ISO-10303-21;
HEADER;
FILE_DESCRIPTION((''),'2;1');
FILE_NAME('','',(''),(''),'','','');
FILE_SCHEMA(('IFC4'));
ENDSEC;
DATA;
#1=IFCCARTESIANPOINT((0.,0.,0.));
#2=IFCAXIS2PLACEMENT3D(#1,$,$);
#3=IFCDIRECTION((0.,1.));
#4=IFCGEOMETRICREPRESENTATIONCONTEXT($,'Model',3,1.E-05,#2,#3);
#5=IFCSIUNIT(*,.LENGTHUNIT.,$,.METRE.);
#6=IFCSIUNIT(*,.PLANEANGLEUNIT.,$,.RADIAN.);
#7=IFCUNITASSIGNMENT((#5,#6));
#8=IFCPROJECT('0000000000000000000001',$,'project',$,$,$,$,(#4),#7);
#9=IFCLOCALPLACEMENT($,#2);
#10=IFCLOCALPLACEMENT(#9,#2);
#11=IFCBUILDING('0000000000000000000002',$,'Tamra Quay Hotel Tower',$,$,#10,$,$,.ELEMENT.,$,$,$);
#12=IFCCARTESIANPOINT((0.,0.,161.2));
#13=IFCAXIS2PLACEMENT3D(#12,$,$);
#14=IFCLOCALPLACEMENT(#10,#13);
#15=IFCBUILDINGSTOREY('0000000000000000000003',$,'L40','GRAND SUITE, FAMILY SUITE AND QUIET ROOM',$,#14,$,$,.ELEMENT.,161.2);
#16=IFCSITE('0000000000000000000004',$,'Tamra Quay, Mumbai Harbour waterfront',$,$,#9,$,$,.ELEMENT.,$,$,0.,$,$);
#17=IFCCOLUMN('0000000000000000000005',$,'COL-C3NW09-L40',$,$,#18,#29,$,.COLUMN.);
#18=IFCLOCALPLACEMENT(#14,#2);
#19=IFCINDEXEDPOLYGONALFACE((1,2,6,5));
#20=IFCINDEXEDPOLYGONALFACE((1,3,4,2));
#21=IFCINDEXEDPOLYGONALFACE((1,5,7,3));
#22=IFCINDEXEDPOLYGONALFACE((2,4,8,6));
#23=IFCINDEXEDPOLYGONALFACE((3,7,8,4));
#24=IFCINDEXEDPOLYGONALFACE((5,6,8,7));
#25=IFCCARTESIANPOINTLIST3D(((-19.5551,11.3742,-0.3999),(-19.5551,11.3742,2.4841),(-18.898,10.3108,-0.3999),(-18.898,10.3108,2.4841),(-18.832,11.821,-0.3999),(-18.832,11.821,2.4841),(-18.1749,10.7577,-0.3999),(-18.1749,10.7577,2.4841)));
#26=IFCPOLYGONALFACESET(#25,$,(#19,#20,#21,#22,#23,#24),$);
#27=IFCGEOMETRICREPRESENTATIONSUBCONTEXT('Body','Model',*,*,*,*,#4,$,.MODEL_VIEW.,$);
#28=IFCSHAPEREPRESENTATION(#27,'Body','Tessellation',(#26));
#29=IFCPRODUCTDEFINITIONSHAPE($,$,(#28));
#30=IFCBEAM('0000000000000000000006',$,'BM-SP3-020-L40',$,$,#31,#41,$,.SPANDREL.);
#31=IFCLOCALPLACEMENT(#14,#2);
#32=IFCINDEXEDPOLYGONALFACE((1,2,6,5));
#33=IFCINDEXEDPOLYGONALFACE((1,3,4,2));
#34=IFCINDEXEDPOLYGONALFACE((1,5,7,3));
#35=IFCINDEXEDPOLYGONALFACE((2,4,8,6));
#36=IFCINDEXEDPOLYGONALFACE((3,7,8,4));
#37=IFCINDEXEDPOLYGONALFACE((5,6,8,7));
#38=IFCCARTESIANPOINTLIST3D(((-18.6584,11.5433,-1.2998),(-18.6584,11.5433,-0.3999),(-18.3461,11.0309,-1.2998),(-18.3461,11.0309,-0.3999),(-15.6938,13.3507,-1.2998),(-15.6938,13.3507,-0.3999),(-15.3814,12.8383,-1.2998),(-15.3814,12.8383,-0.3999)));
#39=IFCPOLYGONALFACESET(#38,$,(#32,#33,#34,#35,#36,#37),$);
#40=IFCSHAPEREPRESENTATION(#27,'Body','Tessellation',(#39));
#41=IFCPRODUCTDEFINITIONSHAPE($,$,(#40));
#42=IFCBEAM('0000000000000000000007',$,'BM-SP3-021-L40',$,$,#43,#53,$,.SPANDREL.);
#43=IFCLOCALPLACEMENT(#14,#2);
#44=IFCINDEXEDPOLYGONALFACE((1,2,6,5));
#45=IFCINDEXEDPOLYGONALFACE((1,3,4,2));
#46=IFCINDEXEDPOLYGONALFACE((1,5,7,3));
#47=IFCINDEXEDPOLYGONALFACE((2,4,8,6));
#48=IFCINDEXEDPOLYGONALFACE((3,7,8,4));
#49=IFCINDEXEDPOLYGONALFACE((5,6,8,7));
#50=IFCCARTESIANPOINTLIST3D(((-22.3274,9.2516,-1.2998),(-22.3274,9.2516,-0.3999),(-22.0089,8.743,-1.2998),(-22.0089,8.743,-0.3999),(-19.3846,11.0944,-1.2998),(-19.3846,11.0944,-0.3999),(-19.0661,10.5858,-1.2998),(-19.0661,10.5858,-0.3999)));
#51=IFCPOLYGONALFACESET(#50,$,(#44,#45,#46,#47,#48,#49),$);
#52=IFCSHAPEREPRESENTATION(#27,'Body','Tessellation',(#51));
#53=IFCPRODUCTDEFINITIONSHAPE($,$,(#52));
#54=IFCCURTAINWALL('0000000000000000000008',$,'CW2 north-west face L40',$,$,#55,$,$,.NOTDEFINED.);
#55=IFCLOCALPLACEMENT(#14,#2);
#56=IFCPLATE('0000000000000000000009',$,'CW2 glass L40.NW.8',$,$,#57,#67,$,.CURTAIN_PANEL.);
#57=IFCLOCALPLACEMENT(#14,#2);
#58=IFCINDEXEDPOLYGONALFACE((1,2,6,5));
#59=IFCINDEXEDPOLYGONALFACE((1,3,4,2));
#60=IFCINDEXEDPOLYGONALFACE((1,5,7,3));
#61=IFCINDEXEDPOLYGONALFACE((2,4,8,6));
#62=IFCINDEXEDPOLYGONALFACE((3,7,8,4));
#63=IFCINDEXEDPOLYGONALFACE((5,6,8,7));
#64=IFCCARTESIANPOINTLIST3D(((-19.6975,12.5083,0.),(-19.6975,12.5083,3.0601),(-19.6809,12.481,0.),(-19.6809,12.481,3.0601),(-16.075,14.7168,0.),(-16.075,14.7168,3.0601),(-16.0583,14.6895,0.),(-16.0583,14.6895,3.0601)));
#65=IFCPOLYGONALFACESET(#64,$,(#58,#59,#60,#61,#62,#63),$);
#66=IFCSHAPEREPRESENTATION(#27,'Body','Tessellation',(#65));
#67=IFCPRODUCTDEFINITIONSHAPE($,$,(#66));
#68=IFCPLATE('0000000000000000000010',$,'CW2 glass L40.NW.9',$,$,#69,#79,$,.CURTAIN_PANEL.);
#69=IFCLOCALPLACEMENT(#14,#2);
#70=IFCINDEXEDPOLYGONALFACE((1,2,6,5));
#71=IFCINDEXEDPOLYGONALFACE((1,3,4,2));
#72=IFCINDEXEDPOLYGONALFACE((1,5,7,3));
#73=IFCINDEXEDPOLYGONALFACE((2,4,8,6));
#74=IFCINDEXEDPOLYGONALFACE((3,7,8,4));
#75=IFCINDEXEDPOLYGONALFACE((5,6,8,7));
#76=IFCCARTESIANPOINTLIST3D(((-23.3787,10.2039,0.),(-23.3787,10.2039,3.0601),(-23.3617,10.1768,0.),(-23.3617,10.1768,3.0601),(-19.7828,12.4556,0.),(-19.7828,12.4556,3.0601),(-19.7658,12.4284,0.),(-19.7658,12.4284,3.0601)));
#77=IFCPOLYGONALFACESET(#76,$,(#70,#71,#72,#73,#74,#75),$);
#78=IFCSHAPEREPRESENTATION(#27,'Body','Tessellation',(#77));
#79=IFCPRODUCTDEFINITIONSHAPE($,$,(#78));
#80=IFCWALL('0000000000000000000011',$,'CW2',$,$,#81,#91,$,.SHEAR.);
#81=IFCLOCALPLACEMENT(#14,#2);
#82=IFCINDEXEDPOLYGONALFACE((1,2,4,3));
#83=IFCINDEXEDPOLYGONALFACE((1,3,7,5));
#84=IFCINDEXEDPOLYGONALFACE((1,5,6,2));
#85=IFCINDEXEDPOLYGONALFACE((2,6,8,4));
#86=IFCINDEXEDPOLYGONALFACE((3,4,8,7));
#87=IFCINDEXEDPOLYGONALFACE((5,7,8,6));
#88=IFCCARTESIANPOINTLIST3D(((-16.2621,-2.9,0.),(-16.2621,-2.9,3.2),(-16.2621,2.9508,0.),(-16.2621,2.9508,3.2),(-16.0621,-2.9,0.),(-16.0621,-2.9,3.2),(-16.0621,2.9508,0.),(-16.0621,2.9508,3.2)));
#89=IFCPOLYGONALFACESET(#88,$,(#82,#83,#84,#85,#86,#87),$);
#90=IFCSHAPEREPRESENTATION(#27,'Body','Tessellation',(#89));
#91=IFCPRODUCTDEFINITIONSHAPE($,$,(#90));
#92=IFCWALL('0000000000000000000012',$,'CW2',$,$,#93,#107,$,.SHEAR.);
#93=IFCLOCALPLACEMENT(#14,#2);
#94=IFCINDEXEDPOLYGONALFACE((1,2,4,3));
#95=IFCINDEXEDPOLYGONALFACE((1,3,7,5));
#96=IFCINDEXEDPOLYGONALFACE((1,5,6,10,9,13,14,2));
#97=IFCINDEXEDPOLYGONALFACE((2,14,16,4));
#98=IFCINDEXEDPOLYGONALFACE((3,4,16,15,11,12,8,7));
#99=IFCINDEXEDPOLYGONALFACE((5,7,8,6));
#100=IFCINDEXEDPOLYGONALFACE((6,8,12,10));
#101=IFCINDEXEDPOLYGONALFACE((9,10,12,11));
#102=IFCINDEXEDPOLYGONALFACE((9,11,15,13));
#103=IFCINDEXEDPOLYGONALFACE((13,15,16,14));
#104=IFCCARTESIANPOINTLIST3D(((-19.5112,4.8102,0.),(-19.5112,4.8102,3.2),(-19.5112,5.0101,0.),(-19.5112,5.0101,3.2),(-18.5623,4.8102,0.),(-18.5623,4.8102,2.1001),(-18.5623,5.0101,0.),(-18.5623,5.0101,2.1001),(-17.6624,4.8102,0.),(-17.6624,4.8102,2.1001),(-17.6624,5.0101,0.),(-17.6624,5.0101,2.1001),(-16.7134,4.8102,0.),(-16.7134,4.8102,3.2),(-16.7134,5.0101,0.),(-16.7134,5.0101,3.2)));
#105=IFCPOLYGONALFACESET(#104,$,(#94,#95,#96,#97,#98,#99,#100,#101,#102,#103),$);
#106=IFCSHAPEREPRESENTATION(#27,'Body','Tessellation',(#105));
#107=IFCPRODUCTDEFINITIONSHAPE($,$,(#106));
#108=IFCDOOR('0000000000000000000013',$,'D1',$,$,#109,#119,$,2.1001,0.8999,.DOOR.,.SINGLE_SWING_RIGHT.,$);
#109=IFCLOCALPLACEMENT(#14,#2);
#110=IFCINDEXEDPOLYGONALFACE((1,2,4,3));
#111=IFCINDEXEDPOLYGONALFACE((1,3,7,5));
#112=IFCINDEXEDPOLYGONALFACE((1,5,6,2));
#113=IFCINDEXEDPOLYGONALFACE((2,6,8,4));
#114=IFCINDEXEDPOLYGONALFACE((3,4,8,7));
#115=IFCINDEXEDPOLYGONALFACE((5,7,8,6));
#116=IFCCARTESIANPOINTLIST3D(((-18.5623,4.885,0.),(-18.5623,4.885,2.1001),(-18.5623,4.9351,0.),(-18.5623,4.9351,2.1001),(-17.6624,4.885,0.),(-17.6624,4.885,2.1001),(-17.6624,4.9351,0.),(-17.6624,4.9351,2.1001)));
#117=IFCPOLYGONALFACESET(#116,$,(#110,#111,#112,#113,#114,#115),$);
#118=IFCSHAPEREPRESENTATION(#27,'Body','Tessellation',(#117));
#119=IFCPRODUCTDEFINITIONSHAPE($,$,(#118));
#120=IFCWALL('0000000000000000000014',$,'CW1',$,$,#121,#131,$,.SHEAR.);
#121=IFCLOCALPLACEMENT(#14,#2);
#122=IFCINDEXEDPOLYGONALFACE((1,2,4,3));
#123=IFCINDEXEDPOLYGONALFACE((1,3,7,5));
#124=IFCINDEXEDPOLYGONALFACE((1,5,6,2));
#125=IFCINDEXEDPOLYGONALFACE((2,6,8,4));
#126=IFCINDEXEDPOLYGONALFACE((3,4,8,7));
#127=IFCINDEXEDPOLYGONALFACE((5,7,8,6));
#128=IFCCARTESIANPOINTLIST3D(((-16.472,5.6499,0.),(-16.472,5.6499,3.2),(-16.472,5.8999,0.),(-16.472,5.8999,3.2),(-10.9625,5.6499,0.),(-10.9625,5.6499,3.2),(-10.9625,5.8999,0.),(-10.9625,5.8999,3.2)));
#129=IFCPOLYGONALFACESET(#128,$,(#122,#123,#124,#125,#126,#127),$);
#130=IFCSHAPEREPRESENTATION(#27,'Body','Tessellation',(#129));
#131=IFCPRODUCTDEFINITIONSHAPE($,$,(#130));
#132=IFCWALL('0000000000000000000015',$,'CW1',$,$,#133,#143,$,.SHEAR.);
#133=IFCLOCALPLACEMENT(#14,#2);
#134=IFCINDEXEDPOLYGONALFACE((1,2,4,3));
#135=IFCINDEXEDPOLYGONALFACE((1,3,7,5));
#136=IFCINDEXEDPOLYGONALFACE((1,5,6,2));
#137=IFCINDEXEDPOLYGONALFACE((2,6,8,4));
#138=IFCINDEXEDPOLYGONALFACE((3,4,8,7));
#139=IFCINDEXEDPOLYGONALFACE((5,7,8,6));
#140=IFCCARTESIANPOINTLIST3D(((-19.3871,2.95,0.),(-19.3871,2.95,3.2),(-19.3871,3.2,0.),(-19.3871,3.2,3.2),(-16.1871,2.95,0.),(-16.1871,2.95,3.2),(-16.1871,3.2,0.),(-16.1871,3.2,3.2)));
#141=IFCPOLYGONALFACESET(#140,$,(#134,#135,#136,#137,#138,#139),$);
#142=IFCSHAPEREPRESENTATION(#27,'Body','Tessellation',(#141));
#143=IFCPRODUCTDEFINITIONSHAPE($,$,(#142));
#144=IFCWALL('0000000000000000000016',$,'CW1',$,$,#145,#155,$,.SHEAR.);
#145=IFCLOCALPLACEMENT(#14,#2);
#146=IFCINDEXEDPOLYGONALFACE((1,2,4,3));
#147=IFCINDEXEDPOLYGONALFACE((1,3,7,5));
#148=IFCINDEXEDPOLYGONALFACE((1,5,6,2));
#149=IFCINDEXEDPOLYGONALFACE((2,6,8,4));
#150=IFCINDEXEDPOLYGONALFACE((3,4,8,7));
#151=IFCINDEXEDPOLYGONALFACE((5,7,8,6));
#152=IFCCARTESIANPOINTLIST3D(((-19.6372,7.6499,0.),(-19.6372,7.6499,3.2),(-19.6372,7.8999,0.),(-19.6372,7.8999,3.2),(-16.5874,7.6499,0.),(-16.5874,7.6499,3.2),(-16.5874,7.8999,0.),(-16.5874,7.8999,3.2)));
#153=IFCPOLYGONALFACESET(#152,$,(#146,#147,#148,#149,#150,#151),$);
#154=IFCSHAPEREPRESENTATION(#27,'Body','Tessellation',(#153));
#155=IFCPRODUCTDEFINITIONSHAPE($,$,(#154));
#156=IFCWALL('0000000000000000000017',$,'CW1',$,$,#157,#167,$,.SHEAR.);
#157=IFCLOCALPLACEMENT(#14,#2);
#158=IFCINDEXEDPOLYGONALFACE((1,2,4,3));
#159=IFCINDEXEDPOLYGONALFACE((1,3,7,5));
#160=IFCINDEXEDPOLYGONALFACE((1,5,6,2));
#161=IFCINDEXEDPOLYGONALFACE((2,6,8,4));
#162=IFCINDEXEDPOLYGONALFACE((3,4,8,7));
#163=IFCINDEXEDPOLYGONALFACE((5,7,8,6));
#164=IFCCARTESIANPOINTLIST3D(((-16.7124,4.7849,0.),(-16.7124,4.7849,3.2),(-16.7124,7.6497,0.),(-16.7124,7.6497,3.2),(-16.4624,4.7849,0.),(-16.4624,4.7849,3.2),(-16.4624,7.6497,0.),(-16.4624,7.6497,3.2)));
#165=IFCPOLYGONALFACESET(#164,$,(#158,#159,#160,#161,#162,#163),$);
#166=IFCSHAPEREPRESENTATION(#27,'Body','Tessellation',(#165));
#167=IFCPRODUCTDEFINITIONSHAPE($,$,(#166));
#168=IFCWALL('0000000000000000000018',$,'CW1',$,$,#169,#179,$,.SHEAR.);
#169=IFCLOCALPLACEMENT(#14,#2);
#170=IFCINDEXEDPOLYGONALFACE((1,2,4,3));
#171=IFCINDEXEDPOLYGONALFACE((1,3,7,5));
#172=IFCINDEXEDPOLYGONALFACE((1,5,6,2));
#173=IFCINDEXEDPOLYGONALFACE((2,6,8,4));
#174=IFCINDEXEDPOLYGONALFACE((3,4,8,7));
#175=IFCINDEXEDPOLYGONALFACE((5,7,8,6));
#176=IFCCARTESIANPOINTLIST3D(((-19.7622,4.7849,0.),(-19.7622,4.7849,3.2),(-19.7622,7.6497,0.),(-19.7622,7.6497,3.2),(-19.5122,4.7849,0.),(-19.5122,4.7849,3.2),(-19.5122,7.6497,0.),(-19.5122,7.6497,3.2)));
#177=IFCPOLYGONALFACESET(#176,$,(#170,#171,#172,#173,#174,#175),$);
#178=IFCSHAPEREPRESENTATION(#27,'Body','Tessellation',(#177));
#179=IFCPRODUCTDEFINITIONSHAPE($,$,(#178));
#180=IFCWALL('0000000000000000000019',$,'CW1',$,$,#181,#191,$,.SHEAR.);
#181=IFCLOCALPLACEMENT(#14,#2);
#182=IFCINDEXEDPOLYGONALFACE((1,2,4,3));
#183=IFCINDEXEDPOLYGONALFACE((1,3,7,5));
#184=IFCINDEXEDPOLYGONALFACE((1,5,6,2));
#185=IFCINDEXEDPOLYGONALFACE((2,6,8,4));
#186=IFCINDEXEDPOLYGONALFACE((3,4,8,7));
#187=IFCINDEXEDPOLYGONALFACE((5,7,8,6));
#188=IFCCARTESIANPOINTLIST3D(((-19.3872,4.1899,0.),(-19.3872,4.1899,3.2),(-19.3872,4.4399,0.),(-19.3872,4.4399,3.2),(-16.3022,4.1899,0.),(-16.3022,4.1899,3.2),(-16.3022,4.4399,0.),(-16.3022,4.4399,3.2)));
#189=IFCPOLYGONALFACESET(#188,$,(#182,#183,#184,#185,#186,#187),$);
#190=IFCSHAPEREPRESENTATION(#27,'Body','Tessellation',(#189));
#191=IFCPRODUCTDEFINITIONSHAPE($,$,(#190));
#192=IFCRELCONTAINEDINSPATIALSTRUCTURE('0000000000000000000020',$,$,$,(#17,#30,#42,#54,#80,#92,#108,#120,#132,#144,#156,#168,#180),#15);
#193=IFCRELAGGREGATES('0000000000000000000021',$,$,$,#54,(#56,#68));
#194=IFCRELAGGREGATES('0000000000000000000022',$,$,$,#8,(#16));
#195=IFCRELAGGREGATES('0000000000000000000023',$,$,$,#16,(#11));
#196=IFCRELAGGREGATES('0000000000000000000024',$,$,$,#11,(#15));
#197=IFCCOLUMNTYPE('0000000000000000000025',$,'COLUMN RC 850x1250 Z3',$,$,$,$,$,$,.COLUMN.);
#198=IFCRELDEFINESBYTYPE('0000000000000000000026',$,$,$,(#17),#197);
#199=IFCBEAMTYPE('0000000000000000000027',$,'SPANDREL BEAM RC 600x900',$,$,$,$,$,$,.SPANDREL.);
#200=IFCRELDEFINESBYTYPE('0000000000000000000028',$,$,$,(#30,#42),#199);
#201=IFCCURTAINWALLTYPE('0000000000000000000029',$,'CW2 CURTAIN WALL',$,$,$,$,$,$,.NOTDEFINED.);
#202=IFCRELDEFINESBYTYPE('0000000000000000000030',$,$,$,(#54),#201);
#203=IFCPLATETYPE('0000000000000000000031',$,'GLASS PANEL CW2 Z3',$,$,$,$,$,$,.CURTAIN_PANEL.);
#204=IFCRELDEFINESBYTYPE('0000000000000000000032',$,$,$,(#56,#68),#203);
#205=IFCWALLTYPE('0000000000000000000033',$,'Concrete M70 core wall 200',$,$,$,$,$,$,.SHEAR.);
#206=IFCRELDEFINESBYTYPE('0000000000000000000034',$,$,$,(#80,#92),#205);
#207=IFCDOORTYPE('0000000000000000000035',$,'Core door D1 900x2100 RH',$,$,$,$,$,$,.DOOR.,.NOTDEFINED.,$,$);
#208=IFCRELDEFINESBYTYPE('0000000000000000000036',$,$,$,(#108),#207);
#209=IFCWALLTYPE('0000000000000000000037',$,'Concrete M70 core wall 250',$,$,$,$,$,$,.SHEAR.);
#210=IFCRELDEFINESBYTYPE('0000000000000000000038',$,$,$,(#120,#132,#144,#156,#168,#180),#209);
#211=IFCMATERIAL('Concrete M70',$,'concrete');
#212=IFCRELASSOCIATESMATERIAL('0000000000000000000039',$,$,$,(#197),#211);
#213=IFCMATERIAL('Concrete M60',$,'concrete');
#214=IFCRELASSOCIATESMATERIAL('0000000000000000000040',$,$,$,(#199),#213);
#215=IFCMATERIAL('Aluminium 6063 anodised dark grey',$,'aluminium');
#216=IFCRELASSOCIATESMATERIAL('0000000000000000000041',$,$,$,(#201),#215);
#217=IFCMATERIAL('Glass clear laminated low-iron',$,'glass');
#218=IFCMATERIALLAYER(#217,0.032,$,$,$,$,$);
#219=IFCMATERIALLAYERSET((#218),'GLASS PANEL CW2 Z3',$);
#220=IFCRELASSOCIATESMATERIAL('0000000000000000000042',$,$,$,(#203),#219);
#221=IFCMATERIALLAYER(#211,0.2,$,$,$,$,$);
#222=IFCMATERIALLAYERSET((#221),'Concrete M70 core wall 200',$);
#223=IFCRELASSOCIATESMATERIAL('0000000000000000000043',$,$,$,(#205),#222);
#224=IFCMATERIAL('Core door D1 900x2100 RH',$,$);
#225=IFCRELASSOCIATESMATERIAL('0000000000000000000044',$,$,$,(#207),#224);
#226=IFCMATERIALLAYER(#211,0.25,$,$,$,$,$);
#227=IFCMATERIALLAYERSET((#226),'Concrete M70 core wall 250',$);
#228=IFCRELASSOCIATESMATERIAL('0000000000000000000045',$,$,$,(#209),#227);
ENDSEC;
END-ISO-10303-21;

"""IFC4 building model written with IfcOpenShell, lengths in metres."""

from ifc_helpers import new_model, si_unit, direction, frame, frame_2d, origin, origin_2d, place, context, subcontext, project, spatial, rectangle, extrude, material, layer, layer_set, material_profile, profile_set, type_object, element, fill, aggregate, save


model = new_model("IFC4")

# Units and contexts
model_context = context("Model", 3, precision=1e-05, world=origin(), true_north=direction((0.0, 1.0)))
body_context = subcontext(model_context, "Body", "Model", "MODEL_VIEW")
ifc_project = project(units=[si_unit("LENGTHUNIT", "METRE"), si_unit("PLANEANGLEUNIT", "RADIAN")], contexts=[model_context])

# Site, building, storey
site_placement = place(None, origin())
site = spatial("IfcSite", under=ifc_project, at=site_placement, Name="Tamra Quay, Mumbai Harbour waterfront", CompositionType="ELEMENT", RefElevation=0.0)
building_placement = place(site_placement, origin())
building = spatial("IfcBuilding", under=site, at=building_placement, Name="Tamra Quay Hotel Tower", CompositionType="ELEMENT")
storey_placement = place(building_placement, frame((0.0, 0.0, 161.2)))
storey = spatial("IfcBuildingStorey", under=building, at=storey_placement, Name="L40", Description="GRAND SUITE, FAMILY SUITE AND QUIET ROOM", CompositionType="ELEMENT", Elevation=161.2)

# Column
ifc_material_1 = material(Name="Concrete M70", Category="concrete")
ifc_material_profile_1 = material_profile(ifc_material_1, rectangle(XDim=1.25, YDim=0.8501, at=origin_2d()), Name="COLUMN RC 850x1250 Z3")
ifc_profile_set_1 = profile_set([ifc_material_profile_1], Name="Concrete M70")
column_type = type_object("IfcColumnType", Name="COLUMN RC 850x1250 Z3", PredefinedType="COLUMN", material=ifc_profile_set_1)
column_placement = place(storey_placement, frame((-18.865, 11.0659, -0.3999), z_axis=(0.0, 0.0, 1.0), x_axis=(-0.525677, 0.850685, 0.0)))
element("IfcColumn", 1, at=column_placement, inside=storey, type_object=column_type, Name="COL-C3NW09-L40", PredefinedType="COLUMN", context=body_context, shape_type="SweptSolid", body=[
    extrude(rectangle(XDim=1.25, YDim=0.8501, at=origin_2d()), origin(), (0.0, 0.0, 1.0), 2.884),
])

# Beams
ifc_material_2 = material(Name="Concrete M60", Category="concrete")
ifc_material_profile_2 = material_profile(ifc_material_2, rectangle(XDim=0.6001, YDim=0.8999, at=origin_2d()), Name="SPANDREL BEAM RC 600x900")
ifc_profile_set_2 = profile_set([ifc_material_profile_2], Name="Concrete M60")
beam_type = type_object("IfcBeamType", Name="SPANDREL BEAM RC 600x900", PredefinedType="SPANDREL", material=ifc_profile_set_2)
for number, where, z_axis, x_axis, name in (
    (2, (-15.5376, 13.0945, -0.8499), (-0.853836, -0.520542, 0.0), (0.520542, -0.853836, 0.0), "BM-SP3-020-L40"),
    (3, (-19.2253, 10.8401, -0.8499), (-0.847548, -0.530719, 0.0), (0.530719, -0.847548, 0.0), "BM-SP3-021-L40"),
):
    element("IfcBeam", number, at=place(storey_placement, frame(where, z_axis=z_axis, x_axis=x_axis)), inside=storey, type_object=beam_type, Name=name, PredefinedType="SPANDREL", context=body_context, shape_type="SweptSolid", body=[
        extrude(rectangle(XDim=0.6001, YDim=0.8999, at=origin_2d()), origin(), (0.0, 0.0, 1.0), 3.4722),
    ])

# Curtain wall, plates
ifc_material_3 = material(Name="Aluminium 6063 anodised dark grey", Category="aluminium")
curtain_wall_type = type_object("IfcCurtainWallType", Name="CW2 CURTAIN WALL", PredefinedType="NOTDEFINED", material=ifc_material_3)
curtain_wall_placement = place(storey_placement, origin())
curtain_wall = element("IfcCurtainWall", 4, at=curtain_wall_placement, inside=storey, type_object=curtain_wall_type, Name="CW2 north-west face L40", PredefinedType="NOTDEFINED")
ifc_material_4 = material(Name="Glass clear laminated low-iron", Category="glass")
ifc_layer_1 = layer(ifc_material_4, 0.032)
ifc_layer_set_1 = layer_set([ifc_layer_1], Name="GLASS PANEL CW2 Z3")
plate_type = type_object("IfcPlateType", Name="GLASS PANEL CW2 Z3", PredefinedType="CURTAIN_PANEL", material=ifc_layer_set_1)
plate_1_placement = place(storey_placement, frame((-17.8779, 13.5989, 0.0), z_axis=(0.0, 0.0, 1.0), x_axis=(-0.85383, -0.520552, 0.0)))
plate_1 = element("IfcPlate", 5, at=plate_1_placement, type_object=plate_type, Name="CW2 glass L40.NW.8", PredefinedType="CURTAIN_PANEL", context=body_context, shape_type="SweptSolid", body=[
    extrude(rectangle(XDim=4.2427, YDim=0.032, at=origin_2d()), origin(), (0.0, 0.0, 1.0), 3.0601),
])
plate_2_placement = place(storey_placement, frame((-21.5723, 11.3162, 0.0), z_axis=(0.0, 0.0, 1.0), x_axis=(-0.847546, -0.530721, 0.0)))
plate_2 = element("IfcPlate", 6, at=plate_2_placement, type_object=plate_type, Name="CW2 glass L40.NW.9", PredefinedType="CURTAIN_PANEL", context=body_context, shape_type="SweptSolid", body=[
    extrude(rectangle(XDim=4.2427, YDim=0.032, at=origin_2d()), origin(), (0.0, 0.0, 1.0), 3.0601),
])
aggregate(curtain_wall, [plate_1, plate_2])

# Wall
ifc_layer_2 = layer(ifc_material_1, 0.2)
ifc_layer_set_2 = layer_set([ifc_layer_2], Name="Concrete M70 core wall 200")
wall_type_1 = type_object("IfcWallType", Name="Concrete M70 core wall 200", PredefinedType="SHEAR", material=ifc_layer_set_2)
wall_1_placement = place(storey_placement, frame((-16.1621, 2.9507, 0.0), z_axis=(0.0, 0.0, 1.0), x_axis=(0.0, -1.0, 0.0)))
element("IfcWall", 7, at=wall_1_placement, inside=storey, type_object=wall_type_1, Name="CW2", PredefinedType="SHEAR", context=body_context, shape_type="SweptSolid", body=[
    extrude(rectangle(XDim=5.8508, YDim=0.2, at=frame_2d((2.9253, 0.0))), origin(), (0.0, 0.0, 1.0), 3.2),
])

# Wall, opening, door
wall_2_placement = place(storey_placement, frame((-19.5112, 4.9102, 0.0), z_axis=(0.0, 0.0, 1.0), x_axis=(1.0, 0.0, 0.0)))
wall_2 = element("IfcWall", 8, at=wall_2_placement, inside=storey, type_object=wall_type_1, Name="CW2", PredefinedType="SHEAR", context=body_context, shape_type="SweptSolid", body=[
    extrude(rectangle(XDim=2.7979, YDim=0.2, at=frame_2d((1.3989, 0.0))), origin(), (0.0, 0.0, 1.0), 3.2),
])
opening_1_placement = place(wall_2_placement, frame((0.949, 0.0, 0.0)))
opening_1 = element("IfcOpeningElement", 9, at=opening_1_placement, cuts=wall_2, PredefinedType="OPENING", context=body_context, shape_type="SweptSolid", body=[
    extrude(rectangle(XDim=0.8999, YDim=2.1001, at=frame_2d((0.45, 1.05))), frame((0.0, 0.1099, 0.0), z_axis=(0.0, -1.0, 0.0), x_axis=(1.0, 0.0, 0.0)), (0.0, 0.0, 1.0), 0.22),
])
ifc_material_5 = material(Name="Core door D1 900x2100 RH")
door_type_1 = type_object("IfcDoorType", Name="Core door D1 900x2100 RH", OperationType="NOTDEFINED", PredefinedType="DOOR", material=ifc_material_5)
door_1_placement = place(opening_1_placement, origin())
door_1 = element("IfcDoor", 10, at=door_1_placement, inside=storey, type_object=door_type_1, Name="D1", OperationType="SINGLE_SWING_RIGHT", OverallHeight=2.1001, OverallWidth=0.8999, PredefinedType="DOOR", context=body_context, shape_type="SweptSolid", body=[
    extrude(rectangle(XDim=0.8999, YDim=2.1001, at=frame_2d((0.45, 1.05))), frame((0.0, 0.0249, 0.0), z_axis=(0.0, -1.0, 0.0), x_axis=(1.0, 0.0, 0.0)), (0.0, 0.0, 1.0), 0.05),
])
fill(opening_1, door_1)

# Walls
ifc_layer_3 = layer(ifc_material_1, 0.25)
ifc_layer_set_3 = layer_set([ifc_layer_3], Name="Concrete M70 core wall 250")
wall_type_2 = type_object("IfcWallType", Name="Concrete M70 core wall 250", PredefinedType="SHEAR", material=ifc_layer_set_3)
wall_3_placement = place(storey_placement, frame((-16.4722, 5.7749, 0.0), z_axis=(0.0, 0.0, 1.0), x_axis=(1.0, 0.0, 0.0)))
element("IfcWall", 11, at=wall_3_placement, inside=storey, type_object=wall_type_2, Name="CW1", PredefinedType="SHEAR", context=body_context, shape_type="SweptSolid", body=[
    extrude(rectangle(XDim=5.5095, YDim=0.25, at=frame_2d((2.7549, 0.0))), origin(), (0.0, 0.0, 1.0), 3.2),
])
wall_4_placement = place(storey_placement, frame((-19.3872, 3.075, 0.0), z_axis=(0.0, 0.0, 1.0), x_axis=(1.0, 0.0, 0.0)))
element("IfcWall", 12, at=wall_4_placement, inside=storey, type_object=wall_type_2, Name="CW1", PredefinedType="SHEAR", context=body_context, shape_type="SweptSolid", body=[
    extrude(rectangle(XDim=3.2, YDim=0.25, at=frame_2d((1.6001, 0.0))), origin(), (0.0, 0.0, 1.0), 3.2),
])
wall_5_placement = place(storey_placement, frame((-19.6372, 7.7749, 0.0), z_axis=(0.0, 0.0, 1.0), x_axis=(1.0, 0.0, 0.0)))
element("IfcWall", 13, at=wall_5_placement, inside=storey, type_object=wall_type_2, Name="CW1", PredefinedType="SHEAR", context=body_context, shape_type="SweptSolid", body=[
    extrude(rectangle(XDim=3.0498, YDim=0.25, at=frame_2d((1.5249, 0.0))), origin(), (0.0, 0.0, 1.0), 3.2),
])
for number, where, z_axis, x_axis, name in (
    (14, (-16.5874, 7.6497, 0.0), (0.0, 0.0, 1.0), (0.0, -1.0, 0.0), "CW1"),
    (15, (-19.6372, 4.7849, 0.0), (0.0, 0.0, 1.0), (0.0, 1.0, 0.0), "CW1"),
):
    element("IfcWall", number, at=place(storey_placement, frame(where, z_axis=z_axis, x_axis=x_axis)), inside=storey, type_object=wall_type_2, Name=name, PredefinedType="SHEAR", context=body_context, shape_type="SweptSolid", body=[
        extrude(rectangle(XDim=2.8647, YDim=0.25, at=frame_2d((1.4324, 0.0))), origin(), (0.0, 0.0, 1.0), 3.2),
    ])
wall_6_placement = place(storey_placement, frame((-16.3022, 4.3149, 0.0), z_axis=(0.0, 0.0, 1.0), x_axis=(-1.0, 0.0, 0.0)))
element("IfcWall", 16, at=wall_6_placement, inside=storey, type_object=wall_type_2, Name="CW1", PredefinedType="SHEAR", context=body_context, shape_type="SweptSolid", body=[
    extrude(rectangle(XDim=3.085, YDim=0.25, at=frame_2d((1.5425, 0.0))), origin(), (0.0, 0.0, 1.0), 3.2),
])

save(model, "model.ifc")
